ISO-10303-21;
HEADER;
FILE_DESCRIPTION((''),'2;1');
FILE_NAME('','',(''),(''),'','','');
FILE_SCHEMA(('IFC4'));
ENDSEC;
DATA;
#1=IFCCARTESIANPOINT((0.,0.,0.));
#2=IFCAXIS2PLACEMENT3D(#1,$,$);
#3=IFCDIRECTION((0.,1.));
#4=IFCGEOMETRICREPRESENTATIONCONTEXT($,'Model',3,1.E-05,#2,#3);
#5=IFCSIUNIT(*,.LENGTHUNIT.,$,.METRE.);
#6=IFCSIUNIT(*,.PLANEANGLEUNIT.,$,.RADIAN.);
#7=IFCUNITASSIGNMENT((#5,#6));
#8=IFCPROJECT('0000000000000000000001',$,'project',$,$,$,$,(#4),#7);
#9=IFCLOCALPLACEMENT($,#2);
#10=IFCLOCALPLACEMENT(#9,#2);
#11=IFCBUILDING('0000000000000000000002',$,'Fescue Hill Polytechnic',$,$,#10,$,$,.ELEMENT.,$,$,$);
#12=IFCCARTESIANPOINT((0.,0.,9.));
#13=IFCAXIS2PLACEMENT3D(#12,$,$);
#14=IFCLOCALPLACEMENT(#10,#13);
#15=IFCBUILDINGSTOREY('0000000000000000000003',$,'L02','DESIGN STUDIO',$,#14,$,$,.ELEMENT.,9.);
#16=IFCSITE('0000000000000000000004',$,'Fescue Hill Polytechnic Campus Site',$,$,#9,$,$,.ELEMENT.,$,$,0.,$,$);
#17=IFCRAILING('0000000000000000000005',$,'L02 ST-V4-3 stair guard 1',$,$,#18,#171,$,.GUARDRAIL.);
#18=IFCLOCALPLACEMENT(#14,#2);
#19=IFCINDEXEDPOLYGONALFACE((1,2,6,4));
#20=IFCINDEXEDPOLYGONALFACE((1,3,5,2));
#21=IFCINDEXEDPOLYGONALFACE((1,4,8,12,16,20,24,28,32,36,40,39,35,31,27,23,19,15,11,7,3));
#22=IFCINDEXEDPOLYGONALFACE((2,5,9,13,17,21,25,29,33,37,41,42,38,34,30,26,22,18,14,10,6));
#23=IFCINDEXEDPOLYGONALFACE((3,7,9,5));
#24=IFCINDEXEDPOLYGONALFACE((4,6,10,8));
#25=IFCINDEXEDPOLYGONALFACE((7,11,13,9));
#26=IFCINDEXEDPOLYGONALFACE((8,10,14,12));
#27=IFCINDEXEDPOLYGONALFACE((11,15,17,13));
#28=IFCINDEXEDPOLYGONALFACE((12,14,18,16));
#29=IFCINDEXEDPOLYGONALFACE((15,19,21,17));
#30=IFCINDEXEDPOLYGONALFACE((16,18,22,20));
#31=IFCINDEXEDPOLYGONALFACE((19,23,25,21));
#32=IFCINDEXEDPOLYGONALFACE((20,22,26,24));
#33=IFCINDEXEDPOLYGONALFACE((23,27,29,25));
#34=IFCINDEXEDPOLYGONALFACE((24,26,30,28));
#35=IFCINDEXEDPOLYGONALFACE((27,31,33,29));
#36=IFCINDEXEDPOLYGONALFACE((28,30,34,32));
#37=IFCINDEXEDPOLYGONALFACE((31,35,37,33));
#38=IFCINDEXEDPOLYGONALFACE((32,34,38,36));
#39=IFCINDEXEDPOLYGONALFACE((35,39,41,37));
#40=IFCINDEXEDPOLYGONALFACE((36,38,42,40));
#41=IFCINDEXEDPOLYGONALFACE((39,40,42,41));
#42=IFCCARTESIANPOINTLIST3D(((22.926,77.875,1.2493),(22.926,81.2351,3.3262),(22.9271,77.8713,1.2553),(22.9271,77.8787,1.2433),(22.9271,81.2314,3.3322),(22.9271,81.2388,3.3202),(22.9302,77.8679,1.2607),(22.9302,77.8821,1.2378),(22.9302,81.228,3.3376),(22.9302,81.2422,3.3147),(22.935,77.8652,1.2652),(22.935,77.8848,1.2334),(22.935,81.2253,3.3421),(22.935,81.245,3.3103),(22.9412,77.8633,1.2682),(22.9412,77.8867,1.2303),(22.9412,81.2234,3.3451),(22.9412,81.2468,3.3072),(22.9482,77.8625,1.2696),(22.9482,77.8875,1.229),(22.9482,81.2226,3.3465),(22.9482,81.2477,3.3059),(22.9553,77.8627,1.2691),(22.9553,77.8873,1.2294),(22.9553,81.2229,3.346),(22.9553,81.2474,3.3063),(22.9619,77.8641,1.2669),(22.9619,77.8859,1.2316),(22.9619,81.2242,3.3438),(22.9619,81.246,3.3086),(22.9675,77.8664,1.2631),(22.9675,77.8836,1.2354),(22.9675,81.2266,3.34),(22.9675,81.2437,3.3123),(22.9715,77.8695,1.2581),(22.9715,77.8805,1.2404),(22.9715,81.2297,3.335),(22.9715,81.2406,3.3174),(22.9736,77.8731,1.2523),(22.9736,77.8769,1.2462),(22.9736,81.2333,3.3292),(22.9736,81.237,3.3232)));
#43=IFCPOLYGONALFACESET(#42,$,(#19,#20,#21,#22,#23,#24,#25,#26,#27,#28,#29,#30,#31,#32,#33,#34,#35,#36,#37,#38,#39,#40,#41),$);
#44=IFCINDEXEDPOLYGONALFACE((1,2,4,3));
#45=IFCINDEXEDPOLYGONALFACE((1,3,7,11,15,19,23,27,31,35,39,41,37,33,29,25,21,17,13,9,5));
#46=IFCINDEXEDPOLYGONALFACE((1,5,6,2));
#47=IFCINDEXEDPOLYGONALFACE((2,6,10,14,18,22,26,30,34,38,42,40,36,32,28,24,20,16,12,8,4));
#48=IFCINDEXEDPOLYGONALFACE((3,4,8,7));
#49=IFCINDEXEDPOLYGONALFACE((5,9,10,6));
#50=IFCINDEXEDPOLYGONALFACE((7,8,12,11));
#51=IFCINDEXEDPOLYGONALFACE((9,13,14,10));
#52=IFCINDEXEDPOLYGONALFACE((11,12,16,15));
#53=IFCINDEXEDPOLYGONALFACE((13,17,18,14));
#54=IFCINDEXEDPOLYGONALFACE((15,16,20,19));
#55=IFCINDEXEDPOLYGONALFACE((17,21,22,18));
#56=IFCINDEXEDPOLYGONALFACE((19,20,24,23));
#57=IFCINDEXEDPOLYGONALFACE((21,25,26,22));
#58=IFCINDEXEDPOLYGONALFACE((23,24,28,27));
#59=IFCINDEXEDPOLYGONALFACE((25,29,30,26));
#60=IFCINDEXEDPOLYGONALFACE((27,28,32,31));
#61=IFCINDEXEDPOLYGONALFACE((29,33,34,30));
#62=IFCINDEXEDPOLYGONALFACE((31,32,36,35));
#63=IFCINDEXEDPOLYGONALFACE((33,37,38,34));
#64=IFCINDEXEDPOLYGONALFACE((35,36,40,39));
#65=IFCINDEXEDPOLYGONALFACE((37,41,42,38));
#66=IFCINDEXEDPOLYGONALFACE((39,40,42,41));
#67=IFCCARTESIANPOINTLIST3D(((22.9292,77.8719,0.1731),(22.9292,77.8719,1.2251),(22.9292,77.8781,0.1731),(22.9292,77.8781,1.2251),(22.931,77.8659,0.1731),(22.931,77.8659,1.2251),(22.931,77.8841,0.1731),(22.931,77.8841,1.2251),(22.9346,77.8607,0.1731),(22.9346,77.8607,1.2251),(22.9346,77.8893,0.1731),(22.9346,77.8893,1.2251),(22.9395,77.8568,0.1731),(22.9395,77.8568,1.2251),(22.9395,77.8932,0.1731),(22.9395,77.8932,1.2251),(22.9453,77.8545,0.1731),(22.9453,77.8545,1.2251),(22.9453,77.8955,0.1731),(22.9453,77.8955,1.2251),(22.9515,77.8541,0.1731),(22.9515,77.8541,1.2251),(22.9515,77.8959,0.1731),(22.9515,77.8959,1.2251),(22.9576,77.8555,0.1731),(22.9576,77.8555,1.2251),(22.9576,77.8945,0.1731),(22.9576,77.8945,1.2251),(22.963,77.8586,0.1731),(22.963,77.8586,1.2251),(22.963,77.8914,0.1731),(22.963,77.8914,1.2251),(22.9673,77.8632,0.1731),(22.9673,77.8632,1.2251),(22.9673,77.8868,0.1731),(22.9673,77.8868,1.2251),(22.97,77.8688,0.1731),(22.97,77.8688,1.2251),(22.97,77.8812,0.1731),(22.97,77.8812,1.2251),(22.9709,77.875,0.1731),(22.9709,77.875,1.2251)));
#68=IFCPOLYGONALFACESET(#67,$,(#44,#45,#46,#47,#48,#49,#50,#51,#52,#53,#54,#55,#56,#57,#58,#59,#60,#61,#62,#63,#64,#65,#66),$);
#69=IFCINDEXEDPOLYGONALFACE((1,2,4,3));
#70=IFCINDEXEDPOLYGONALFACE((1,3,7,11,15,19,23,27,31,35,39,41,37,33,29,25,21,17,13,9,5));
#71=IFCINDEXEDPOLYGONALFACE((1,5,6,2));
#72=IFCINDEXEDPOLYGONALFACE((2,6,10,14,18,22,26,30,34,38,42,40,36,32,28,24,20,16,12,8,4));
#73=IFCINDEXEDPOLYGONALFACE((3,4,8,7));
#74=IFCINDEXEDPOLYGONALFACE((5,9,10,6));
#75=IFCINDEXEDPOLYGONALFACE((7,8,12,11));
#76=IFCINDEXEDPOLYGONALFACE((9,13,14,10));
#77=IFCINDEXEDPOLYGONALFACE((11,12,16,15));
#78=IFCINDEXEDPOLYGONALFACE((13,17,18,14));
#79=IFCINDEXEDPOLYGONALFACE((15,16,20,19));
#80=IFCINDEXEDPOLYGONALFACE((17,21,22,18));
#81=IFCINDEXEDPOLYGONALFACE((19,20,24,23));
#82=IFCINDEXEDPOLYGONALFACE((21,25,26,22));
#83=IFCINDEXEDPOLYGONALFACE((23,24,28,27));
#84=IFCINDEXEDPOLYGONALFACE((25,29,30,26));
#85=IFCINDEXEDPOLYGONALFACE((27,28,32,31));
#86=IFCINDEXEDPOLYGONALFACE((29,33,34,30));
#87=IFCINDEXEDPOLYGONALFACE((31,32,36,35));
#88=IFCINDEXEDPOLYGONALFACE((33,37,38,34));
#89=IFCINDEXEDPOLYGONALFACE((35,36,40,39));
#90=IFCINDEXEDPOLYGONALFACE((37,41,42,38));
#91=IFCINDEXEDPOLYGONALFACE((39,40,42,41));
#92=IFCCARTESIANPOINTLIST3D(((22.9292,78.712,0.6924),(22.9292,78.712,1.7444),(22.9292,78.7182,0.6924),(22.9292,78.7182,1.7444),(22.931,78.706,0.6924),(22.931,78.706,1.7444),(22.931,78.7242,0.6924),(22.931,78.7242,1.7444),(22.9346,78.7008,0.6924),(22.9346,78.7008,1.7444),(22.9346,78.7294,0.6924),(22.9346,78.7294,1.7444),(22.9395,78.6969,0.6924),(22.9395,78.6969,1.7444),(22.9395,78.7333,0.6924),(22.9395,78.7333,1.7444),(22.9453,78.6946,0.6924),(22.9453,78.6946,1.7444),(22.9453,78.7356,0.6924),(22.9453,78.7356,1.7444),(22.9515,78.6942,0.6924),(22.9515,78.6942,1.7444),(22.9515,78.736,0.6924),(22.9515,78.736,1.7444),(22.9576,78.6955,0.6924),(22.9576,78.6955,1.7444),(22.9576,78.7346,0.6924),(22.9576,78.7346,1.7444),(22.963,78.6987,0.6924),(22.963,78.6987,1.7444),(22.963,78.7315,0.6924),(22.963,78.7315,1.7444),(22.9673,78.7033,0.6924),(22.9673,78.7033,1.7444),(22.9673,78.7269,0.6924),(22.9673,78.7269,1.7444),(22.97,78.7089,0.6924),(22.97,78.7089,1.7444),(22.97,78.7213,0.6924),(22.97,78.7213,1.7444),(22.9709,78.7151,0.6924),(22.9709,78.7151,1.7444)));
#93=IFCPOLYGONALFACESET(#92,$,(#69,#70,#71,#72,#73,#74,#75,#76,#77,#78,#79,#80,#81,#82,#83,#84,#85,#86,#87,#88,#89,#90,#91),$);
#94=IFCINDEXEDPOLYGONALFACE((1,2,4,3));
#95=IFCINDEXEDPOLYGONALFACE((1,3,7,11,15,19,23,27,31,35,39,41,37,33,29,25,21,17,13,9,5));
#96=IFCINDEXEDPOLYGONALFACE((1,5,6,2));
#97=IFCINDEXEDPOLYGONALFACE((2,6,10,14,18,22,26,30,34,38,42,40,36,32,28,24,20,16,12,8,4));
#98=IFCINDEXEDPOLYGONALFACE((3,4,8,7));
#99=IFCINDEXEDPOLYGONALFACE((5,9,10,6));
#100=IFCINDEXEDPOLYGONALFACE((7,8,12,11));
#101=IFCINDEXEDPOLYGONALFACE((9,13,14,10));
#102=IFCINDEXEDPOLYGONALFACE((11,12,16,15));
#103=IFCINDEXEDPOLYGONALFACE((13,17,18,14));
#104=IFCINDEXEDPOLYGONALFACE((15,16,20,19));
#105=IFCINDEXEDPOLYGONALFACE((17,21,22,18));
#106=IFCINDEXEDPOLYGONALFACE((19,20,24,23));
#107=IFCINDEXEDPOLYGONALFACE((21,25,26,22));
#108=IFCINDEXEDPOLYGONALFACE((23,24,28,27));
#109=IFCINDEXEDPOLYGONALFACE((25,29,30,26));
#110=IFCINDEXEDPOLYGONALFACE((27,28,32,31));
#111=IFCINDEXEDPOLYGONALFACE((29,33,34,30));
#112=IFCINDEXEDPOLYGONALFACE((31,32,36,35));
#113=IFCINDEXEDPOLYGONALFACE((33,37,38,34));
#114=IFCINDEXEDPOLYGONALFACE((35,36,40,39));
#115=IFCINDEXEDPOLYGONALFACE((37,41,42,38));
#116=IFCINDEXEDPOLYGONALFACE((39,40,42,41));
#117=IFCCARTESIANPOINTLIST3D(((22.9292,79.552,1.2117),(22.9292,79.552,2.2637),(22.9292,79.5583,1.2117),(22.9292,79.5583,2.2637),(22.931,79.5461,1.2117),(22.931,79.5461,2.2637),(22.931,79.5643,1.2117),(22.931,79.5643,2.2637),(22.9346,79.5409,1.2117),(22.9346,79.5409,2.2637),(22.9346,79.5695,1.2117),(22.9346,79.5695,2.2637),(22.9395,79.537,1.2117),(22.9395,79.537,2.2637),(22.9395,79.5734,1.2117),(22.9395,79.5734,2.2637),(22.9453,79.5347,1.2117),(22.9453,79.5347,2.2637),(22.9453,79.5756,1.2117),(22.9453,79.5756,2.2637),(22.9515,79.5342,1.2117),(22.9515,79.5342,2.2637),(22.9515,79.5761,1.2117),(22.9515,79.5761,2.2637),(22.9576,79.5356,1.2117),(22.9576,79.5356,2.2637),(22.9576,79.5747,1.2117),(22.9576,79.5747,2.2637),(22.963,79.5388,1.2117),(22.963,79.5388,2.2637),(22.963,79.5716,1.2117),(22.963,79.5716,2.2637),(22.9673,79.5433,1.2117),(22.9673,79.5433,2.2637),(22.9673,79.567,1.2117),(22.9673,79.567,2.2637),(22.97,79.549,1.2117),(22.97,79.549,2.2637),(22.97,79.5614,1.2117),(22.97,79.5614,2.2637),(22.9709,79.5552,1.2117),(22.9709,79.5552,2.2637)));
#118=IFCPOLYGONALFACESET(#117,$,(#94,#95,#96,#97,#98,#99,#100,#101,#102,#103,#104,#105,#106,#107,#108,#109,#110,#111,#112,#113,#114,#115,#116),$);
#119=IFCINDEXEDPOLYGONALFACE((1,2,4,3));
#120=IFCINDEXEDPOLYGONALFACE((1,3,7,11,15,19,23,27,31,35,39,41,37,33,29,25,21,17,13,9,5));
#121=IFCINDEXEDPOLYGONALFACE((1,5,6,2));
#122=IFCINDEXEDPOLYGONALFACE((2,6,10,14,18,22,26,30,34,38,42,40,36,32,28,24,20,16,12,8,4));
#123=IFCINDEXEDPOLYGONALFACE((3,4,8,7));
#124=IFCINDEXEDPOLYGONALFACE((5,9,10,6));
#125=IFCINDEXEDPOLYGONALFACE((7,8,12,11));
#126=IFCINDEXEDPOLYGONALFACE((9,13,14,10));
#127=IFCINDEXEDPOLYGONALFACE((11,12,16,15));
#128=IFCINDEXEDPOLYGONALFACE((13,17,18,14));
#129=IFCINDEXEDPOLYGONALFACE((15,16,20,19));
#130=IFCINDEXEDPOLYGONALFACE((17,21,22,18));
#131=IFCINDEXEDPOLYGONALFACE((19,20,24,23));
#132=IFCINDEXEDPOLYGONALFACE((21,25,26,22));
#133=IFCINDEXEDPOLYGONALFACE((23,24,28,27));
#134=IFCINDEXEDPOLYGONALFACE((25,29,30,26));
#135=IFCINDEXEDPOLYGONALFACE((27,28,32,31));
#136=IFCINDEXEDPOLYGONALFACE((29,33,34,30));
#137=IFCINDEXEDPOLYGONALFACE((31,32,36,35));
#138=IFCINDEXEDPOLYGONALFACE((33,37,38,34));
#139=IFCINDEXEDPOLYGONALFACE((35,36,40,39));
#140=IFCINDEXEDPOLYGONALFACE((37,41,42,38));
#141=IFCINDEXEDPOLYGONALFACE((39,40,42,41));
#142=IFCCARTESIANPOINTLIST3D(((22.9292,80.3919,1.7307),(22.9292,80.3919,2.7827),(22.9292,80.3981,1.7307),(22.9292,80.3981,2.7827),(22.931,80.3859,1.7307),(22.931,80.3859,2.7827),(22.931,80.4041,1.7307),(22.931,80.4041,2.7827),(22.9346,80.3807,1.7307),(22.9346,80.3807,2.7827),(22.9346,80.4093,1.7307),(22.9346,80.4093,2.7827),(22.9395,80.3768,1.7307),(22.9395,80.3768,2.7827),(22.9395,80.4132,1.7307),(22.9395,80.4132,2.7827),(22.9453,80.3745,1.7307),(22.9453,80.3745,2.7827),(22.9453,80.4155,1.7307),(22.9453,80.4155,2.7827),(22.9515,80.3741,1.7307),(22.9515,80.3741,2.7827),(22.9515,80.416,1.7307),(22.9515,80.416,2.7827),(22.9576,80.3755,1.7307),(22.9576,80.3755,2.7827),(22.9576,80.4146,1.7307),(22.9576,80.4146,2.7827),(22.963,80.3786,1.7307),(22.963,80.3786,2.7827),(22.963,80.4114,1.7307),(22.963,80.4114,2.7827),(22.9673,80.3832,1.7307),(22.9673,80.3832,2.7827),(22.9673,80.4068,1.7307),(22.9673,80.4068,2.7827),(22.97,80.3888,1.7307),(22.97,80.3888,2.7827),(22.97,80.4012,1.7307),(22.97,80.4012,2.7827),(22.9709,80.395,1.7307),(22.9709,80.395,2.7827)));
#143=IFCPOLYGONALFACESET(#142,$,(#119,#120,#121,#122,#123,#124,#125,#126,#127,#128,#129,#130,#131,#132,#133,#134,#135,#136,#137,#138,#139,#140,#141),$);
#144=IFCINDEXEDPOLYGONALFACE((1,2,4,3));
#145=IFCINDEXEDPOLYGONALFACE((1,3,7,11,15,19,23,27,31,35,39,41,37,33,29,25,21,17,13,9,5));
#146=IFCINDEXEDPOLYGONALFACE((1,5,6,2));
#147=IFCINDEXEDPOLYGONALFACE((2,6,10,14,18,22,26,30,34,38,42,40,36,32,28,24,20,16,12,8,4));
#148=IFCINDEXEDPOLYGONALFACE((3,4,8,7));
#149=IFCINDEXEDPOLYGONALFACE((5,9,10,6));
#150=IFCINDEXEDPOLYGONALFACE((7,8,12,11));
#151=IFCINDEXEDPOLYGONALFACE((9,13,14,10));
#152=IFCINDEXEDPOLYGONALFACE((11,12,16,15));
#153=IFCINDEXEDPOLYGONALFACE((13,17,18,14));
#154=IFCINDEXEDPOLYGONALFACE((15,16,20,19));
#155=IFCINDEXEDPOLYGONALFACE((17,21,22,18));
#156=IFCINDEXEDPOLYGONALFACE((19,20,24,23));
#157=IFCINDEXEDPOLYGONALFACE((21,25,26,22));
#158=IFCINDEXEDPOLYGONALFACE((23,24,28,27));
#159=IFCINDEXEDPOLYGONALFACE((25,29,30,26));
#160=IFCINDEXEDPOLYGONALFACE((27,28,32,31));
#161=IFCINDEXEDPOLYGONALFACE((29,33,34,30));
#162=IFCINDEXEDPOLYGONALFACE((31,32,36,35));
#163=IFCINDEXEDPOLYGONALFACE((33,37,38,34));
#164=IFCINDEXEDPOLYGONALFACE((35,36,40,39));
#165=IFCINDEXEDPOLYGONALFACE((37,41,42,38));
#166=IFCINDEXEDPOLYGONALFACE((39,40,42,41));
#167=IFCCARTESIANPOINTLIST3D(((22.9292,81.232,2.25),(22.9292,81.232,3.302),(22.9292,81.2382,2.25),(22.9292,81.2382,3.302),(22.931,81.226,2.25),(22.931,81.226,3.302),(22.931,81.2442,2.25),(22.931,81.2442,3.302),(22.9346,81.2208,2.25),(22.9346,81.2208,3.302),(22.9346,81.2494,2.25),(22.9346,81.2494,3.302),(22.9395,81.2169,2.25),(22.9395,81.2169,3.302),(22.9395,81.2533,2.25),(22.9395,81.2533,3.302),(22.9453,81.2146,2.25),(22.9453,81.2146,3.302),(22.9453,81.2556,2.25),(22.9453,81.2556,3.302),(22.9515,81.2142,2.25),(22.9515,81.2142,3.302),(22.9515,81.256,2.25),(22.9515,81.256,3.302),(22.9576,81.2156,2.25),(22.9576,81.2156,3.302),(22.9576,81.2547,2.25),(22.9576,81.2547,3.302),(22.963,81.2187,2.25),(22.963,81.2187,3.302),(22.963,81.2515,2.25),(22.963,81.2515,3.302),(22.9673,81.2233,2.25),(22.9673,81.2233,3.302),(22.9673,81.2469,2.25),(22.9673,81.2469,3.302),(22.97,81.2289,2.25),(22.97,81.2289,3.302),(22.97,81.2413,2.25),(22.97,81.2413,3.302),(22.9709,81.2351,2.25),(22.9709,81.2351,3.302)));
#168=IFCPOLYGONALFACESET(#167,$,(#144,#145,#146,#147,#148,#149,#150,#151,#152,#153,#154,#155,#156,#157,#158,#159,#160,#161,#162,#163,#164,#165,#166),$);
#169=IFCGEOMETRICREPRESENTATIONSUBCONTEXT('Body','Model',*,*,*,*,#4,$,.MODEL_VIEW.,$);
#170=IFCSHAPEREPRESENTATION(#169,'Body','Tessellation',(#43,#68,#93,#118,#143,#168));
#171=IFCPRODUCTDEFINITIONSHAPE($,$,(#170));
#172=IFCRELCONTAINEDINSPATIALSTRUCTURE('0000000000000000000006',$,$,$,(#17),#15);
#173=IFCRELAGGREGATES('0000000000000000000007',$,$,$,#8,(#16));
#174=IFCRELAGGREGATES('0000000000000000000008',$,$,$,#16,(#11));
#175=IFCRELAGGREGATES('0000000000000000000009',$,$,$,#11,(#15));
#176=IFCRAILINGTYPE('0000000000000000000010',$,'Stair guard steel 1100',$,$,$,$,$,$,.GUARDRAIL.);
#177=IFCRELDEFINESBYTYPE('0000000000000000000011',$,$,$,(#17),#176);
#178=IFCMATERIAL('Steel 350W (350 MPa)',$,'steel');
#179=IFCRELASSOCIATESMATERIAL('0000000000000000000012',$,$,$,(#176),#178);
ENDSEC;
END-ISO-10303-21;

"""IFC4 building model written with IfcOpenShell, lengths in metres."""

from ifc_helpers import new_model, si_unit, direction, frame, origin, origin_2d, place, context, subcontext, project, spatial, circle, extrude, material, type_object, element, save


model = new_model("IFC4")

# Units and contexts
model_context = context("Model", 3, precision=1e-05, world=origin(), true_north=direction((0.0, 1.0)))
body_context = subcontext(model_context, "Body", "Model", "MODEL_VIEW")
ifc_project = project(units=[si_unit("LENGTHUNIT", "METRE"), si_unit("PLANEANGLEUNIT", "RADIAN")], contexts=[model_context])

# Site, building, storey
site_placement = place(None, origin())
site = spatial("IfcSite", under=ifc_project, at=site_placement, Name="Fescue Hill Polytechnic Campus Site", CompositionType="ELEMENT", RefElevation=0.0)
building_placement = place(site_placement, origin())
building = spatial("IfcBuilding", under=site, at=building_placement, Name="Fescue Hill Polytechnic", CompositionType="ELEMENT")
storey_placement = place(building_placement, frame((0.0, 0.0, 9.0)))
storey = spatial("IfcBuildingStorey", under=building, at=storey_placement, Name="L02", Description="DESIGN STUDIO", CompositionType="ELEMENT", Elevation=9.0)

# Railing
ifc_material_1 = material(Name="Steel 350W (350 MPa)", Category="steel")
railing_type_1 = type_object("IfcRailingType", Name="Stair guard steel 1100", PredefinedType="GUARDRAIL", material=ifc_material_1)
railing_1_placement = place(storey_placement, frame((22.95, 77.875, 0.1731)))
element("IfcRailing", 1, at=railing_1_placement, inside=storey, type_object=railing_type_1, Name="L02 ST-V4-3 stair guard 1", PredefinedType="GUARDRAIL", context=body_context, shape_type="SweptSolid", body=[
    extrude(circle(Radius=0.0239, at=origin_2d()), frame((0.0, 0.0, 1.0762), z_axis=(0.0, 0.850623, 0.525776), x_axis=(-1.0, 0.0, 0.0)), (0.0, 0.0, 1.0), 3.9502),
    extrude(circle(Radius=0.021, at=origin_2d()), origin(), (0.0, 0.0, 1.0), 1.052),
    extrude(circle(Radius=0.021, at=origin_2d()), frame((0.0, 0.8401, 0.5193)), (0.0, 0.0, 1.0), 1.052),
    extrude(circle(Radius=0.021, at=origin_2d()), frame((0.0, 1.6802, 1.0386)), (0.0, 0.0, 1.0), 1.052),
    extrude(circle(Radius=0.021, at=origin_2d()), frame((0.0, 2.52, 1.5576)), (0.0, 0.0, 1.0), 1.052),
    extrude(circle(Radius=0.021, at=origin_2d()), frame((0.0, 3.3601, 2.0769)), (0.0, 0.0, 1.0), 1.052),
])

save(model, "model.ifc")
